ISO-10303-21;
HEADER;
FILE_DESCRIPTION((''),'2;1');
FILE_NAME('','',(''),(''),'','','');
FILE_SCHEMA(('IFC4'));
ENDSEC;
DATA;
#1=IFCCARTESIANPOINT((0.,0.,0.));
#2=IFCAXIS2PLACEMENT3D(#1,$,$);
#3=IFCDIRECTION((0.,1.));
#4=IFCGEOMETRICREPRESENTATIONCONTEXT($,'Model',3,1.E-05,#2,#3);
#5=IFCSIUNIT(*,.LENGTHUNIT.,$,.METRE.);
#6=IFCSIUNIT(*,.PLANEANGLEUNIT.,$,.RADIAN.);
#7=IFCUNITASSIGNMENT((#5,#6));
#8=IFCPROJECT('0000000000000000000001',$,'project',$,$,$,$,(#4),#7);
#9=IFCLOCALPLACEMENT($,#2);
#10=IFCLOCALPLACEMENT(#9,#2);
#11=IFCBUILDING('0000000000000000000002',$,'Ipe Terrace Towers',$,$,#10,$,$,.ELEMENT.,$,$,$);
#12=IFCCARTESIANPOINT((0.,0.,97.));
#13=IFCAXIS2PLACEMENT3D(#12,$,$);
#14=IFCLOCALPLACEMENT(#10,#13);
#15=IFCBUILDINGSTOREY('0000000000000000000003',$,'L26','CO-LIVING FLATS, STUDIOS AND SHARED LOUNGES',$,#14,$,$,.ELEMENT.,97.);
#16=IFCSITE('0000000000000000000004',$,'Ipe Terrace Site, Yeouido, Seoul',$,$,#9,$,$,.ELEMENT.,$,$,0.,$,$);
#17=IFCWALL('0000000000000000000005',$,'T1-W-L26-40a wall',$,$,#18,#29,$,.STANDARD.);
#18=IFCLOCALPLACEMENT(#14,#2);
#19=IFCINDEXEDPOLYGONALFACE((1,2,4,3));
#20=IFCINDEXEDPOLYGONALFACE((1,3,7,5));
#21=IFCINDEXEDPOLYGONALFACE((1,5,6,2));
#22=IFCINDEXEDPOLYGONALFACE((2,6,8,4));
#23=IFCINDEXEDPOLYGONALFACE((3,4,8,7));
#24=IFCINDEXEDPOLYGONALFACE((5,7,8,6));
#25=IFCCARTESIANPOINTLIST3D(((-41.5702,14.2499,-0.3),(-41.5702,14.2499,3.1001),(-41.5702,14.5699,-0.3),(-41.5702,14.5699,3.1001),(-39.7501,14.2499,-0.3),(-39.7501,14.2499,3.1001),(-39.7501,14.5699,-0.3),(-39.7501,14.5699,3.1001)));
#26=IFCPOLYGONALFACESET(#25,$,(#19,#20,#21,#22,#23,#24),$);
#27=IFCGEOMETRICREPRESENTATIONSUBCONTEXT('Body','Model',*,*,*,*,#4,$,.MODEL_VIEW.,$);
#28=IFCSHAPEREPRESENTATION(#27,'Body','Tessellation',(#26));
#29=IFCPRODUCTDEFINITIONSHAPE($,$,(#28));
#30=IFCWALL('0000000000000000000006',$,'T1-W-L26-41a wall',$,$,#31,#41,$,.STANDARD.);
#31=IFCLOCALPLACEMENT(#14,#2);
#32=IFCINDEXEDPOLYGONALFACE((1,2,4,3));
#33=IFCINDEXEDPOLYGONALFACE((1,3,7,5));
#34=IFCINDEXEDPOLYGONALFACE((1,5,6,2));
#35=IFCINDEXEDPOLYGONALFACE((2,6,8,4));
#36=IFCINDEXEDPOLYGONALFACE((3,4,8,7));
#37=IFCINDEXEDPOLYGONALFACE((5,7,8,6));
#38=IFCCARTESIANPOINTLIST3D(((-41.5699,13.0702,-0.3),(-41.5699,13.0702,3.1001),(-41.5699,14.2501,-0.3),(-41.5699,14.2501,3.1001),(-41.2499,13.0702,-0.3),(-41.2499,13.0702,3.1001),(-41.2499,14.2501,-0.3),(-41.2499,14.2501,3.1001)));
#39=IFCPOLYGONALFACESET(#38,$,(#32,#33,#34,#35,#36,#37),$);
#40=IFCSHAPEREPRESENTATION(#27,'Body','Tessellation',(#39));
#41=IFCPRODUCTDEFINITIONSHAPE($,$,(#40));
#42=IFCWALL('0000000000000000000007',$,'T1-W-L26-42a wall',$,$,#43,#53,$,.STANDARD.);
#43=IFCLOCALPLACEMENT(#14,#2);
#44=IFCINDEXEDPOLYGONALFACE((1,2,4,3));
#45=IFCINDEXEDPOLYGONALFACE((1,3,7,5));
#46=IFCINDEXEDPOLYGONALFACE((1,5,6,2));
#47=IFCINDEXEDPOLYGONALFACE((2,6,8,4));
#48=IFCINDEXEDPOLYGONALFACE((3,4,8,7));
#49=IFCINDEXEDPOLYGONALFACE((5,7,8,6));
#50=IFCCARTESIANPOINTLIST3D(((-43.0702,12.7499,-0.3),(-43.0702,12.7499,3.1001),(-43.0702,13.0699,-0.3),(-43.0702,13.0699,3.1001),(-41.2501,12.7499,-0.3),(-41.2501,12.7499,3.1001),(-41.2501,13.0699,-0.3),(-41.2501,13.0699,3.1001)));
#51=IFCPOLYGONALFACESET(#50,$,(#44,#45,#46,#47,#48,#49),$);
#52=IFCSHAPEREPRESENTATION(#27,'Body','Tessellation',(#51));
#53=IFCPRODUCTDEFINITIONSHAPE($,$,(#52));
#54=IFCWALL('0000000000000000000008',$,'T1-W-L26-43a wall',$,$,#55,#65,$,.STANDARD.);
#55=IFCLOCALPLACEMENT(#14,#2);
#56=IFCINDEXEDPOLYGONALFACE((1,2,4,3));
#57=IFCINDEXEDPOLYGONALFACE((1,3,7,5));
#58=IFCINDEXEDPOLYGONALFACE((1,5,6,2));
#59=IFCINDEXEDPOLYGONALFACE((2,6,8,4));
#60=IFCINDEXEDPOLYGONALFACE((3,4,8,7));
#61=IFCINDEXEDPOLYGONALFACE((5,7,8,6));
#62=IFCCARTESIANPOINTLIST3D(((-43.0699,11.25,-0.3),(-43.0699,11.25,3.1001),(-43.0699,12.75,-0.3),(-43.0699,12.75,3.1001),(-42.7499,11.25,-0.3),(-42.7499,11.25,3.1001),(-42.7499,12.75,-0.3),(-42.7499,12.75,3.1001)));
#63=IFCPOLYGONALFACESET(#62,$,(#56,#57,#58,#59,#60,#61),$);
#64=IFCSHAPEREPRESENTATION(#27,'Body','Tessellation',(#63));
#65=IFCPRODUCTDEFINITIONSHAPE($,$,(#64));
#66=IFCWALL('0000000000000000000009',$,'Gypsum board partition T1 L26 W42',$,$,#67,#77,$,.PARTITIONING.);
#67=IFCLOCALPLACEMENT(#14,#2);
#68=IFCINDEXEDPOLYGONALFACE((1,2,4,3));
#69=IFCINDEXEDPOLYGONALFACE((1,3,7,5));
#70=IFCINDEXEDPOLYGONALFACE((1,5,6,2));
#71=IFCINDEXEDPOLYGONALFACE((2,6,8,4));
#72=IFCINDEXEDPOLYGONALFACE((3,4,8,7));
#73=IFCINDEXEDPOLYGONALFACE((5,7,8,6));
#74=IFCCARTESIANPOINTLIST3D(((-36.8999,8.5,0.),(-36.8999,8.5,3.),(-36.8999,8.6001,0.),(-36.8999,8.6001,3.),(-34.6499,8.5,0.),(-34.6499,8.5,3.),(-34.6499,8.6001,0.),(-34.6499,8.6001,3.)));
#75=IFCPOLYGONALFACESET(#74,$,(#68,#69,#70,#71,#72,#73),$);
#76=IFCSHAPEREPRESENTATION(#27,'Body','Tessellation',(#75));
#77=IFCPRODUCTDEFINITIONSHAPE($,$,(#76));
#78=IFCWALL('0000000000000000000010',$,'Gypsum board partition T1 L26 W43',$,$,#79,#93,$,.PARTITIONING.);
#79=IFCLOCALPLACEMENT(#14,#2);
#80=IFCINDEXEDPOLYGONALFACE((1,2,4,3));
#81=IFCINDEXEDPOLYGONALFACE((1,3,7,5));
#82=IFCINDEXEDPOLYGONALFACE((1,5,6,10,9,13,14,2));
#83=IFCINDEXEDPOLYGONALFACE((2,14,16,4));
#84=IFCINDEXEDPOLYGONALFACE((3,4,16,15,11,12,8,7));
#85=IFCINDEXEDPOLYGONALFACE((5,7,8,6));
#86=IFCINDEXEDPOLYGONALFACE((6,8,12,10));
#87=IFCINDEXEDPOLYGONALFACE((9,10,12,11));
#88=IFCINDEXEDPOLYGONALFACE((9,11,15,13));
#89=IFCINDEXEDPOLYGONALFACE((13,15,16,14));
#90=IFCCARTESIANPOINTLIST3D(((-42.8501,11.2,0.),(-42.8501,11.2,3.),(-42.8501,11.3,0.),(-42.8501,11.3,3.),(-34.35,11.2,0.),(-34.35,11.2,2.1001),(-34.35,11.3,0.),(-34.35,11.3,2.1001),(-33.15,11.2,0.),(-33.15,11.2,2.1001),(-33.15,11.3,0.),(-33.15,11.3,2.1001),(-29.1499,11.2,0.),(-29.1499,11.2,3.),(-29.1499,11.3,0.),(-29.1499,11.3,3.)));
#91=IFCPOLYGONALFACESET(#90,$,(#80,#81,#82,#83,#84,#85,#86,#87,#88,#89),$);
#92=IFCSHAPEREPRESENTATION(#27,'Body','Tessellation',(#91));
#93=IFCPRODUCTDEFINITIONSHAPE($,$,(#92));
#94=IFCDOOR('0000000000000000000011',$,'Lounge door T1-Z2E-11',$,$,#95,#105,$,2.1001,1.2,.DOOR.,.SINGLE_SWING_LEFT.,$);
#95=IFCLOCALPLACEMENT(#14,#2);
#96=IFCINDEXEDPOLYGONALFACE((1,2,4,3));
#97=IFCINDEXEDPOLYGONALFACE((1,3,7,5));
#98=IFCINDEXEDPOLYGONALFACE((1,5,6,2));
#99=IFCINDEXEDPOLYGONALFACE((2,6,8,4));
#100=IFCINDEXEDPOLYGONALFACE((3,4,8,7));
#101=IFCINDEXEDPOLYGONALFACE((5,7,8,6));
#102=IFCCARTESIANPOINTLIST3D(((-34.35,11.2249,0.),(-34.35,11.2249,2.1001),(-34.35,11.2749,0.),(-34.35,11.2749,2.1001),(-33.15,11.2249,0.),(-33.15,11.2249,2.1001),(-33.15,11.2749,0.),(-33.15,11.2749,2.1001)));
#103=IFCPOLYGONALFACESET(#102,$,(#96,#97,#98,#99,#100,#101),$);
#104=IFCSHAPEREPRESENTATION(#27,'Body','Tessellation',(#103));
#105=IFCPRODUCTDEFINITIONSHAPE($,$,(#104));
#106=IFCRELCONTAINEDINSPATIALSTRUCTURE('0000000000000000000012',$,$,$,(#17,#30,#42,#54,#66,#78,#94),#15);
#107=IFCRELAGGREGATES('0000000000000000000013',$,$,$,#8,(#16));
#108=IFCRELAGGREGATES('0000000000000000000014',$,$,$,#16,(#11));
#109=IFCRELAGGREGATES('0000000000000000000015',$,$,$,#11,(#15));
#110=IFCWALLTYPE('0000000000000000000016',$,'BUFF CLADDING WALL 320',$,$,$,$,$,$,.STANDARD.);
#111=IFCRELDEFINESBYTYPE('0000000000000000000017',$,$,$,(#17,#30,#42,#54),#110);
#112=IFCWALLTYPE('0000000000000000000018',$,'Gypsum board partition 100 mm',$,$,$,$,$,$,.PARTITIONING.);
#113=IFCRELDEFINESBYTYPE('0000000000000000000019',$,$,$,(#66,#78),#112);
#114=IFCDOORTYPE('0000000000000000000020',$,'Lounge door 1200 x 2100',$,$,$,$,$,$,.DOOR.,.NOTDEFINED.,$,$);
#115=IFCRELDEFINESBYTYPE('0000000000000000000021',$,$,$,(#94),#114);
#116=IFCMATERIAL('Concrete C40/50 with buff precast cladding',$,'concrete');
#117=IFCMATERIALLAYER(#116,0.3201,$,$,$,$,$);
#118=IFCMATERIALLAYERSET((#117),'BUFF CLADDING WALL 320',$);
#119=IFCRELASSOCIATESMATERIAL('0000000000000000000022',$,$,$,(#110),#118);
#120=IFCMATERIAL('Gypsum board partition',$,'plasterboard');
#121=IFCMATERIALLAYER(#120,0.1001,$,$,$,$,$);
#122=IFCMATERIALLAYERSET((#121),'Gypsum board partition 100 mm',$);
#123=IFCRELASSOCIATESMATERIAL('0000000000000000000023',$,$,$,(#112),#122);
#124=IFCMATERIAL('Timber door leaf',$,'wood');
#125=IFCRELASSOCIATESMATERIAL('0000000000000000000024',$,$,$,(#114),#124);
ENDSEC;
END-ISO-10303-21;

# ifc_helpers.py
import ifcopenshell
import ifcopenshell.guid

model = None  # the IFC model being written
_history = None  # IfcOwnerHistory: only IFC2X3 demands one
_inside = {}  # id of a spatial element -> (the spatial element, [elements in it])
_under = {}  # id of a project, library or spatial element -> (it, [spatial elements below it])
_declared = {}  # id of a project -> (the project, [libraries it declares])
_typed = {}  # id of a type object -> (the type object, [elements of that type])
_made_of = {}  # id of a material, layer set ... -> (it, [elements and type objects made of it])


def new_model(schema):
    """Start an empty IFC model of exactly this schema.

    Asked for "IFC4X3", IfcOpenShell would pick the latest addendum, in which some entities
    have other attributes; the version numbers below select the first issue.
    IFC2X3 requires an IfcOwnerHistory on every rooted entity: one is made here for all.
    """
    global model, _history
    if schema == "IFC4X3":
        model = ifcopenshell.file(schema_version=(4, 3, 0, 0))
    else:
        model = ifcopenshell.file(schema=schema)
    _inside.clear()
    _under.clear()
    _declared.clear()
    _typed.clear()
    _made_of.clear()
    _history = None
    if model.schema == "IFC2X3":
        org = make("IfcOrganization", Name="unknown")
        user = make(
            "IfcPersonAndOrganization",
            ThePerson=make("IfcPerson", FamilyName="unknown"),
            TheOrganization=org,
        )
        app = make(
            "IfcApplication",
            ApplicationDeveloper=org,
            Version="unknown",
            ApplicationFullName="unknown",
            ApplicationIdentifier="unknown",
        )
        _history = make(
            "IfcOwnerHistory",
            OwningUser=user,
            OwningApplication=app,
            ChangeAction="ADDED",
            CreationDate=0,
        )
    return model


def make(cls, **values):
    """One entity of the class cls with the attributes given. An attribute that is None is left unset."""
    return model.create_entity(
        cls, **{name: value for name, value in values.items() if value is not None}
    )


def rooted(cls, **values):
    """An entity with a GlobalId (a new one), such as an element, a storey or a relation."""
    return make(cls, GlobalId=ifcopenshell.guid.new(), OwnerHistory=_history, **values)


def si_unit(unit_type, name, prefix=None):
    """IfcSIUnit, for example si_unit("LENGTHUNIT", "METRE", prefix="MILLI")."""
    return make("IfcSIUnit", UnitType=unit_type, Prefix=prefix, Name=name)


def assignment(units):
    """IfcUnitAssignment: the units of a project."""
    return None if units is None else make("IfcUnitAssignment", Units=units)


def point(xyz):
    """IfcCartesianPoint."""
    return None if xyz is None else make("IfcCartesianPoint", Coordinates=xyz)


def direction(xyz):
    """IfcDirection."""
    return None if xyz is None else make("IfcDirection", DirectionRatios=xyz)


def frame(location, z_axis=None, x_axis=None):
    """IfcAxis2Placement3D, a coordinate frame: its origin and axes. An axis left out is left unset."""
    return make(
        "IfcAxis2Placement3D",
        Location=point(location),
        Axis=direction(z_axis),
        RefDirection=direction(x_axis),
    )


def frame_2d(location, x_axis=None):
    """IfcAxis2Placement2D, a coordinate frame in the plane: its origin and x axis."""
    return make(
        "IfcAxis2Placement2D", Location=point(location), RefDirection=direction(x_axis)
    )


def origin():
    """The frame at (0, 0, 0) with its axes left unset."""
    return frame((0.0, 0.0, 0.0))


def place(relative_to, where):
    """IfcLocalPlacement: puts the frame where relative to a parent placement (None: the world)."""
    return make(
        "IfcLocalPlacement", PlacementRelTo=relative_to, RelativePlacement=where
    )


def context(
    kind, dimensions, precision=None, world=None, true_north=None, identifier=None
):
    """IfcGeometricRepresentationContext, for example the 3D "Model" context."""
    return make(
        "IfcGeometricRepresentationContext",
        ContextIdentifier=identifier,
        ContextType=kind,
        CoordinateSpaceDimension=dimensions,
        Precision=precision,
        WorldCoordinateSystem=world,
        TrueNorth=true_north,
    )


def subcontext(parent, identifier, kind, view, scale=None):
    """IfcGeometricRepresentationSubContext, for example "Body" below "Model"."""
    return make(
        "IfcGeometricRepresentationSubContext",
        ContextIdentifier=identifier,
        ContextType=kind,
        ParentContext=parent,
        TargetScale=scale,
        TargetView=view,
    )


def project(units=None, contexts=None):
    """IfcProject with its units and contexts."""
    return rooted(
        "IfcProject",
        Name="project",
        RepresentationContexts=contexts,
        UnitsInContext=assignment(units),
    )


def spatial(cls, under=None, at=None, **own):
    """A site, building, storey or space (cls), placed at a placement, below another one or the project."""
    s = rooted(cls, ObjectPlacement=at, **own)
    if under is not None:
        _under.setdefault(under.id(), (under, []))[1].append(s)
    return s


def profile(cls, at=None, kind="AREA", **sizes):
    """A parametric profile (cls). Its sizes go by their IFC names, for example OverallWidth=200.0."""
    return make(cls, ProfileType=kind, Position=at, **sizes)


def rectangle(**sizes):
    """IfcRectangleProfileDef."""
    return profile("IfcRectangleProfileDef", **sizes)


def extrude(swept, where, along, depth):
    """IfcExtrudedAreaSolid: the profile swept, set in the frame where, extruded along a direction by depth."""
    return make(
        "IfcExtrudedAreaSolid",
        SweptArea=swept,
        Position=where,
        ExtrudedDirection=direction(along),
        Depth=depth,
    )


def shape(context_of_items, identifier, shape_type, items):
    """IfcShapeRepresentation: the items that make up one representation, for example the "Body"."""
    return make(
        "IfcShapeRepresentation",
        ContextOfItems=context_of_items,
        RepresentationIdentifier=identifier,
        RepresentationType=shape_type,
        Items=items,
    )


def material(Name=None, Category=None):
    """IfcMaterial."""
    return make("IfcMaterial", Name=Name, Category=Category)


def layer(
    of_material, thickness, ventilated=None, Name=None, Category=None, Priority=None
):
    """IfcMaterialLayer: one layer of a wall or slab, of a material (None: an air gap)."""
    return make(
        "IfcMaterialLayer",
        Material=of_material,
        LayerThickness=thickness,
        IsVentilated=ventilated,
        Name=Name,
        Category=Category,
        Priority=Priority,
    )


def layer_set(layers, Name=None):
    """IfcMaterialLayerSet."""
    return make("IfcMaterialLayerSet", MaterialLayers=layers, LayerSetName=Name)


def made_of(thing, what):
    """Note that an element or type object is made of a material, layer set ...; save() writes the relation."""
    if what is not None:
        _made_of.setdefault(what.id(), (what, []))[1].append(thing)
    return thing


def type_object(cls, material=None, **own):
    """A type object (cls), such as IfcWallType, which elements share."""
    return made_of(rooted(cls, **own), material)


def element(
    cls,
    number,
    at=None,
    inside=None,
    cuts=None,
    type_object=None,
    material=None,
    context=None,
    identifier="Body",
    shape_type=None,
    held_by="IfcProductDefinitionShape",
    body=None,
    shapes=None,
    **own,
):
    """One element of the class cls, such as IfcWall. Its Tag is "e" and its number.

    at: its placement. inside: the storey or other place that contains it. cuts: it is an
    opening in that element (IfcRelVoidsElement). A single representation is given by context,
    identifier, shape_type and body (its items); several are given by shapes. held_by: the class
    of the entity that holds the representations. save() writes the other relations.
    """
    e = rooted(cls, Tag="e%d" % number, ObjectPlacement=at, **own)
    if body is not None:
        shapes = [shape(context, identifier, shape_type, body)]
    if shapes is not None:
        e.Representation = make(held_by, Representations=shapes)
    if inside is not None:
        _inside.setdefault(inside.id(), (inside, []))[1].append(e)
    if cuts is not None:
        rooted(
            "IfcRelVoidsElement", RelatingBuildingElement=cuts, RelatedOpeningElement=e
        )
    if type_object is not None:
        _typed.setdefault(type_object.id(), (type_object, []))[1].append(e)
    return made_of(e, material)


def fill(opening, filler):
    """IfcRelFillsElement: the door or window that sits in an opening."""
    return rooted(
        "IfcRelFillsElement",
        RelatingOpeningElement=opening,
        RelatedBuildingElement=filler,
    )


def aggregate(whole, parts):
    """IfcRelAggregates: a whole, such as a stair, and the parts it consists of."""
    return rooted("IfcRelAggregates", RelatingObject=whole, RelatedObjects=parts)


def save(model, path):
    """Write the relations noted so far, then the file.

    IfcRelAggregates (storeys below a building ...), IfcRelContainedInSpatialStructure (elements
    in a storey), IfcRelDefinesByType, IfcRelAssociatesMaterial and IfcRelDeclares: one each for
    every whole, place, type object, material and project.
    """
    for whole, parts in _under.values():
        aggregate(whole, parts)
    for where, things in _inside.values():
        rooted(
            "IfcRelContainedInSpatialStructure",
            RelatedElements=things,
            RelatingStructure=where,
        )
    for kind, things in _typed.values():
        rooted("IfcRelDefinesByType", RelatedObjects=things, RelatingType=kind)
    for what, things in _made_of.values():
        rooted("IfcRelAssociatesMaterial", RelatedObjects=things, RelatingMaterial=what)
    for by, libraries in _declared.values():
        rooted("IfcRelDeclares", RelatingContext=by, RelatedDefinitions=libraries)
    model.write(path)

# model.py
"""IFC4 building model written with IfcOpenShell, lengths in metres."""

from ifc_helpers import new_model, si_unit, direction, frame, frame_2d, origin, place, context, subcontext, project, spatial, rectangle, extrude, material, layer, layer_set, type_object, element, fill, save


model = new_model("IFC4")

# Units and contexts
model_context = context("Model", 3, precision=1e-05, world=origin(), true_north=direction((0.0, 1.0)))
body_context = subcontext(model_context, "Body", "Model", "MODEL_VIEW")
ifc_project = project(units=[si_unit("LENGTHUNIT", "METRE"), si_unit("PLANEANGLEUNIT", "RADIAN")], contexts=[model_context])

# Site, building, storey
site_placement = place(None, origin())
site = spatial("IfcSite", under=ifc_project, at=site_placement, Name="Ipe Terrace Site, Yeouido, Seoul", CompositionType="ELEMENT", RefElevation=0.0)
building_placement = place(site_placement, origin())
building = spatial("IfcBuilding", under=site, at=building_placement, Name="Ipe Terrace Towers", CompositionType="ELEMENT")
storey_placement = place(building_placement, frame((0.0, 0.0, 97.0)))
storey = spatial("IfcBuildingStorey", under=building, at=storey_placement, Name="L26", Description="CO-LIVING FLATS, STUDIOS AND SHARED LOUNGES", CompositionType="ELEMENT", Elevation=97.0)

# Walls
ifc_material_1 = material(Name="Concrete C40/50 with buff precast cladding", Category="concrete")
ifc_layer_1 = layer(ifc_material_1, 0.3201)
ifc_layer_set_1 = layer_set([ifc_layer_1], Name="BUFF CLADDING WALL 320")
wall_type_1 = type_object("IfcWallType", Name="BUFF CLADDING WALL 320", PredefinedType="STANDARD", material=ifc_layer_set_1)
wall_1_placement = place(storey_placement, frame((-39.75, 14.4099, -0.3), z_axis=(0.0, 0.0, 1.0), x_axis=(-1.0, 0.0, 0.0)))
element("IfcWall", 1, at=wall_1_placement, inside=storey, type_object=wall_type_1, Name="T1-W-L26-40a wall", PredefinedType="STANDARD", context=body_context, shape_type="SweptSolid", body=[
    extrude(rectangle(XDim=1.8201, YDim=0.3201, at=frame_2d((0.9102, 0.0))), origin(), (0.0, 0.0, 1.0), 3.4001),
])
wall_2_placement = place(storey_placement, frame((-41.4099, 14.25, -0.3), z_axis=(0.0, 0.0, 1.0), x_axis=(0.0, -1.0, 0.0)))
element("IfcWall", 2, at=wall_2_placement, inside=storey, type_object=wall_type_1, Name="T1-W-L26-41a wall", PredefinedType="STANDARD", context=body_context, shape_type="SweptSolid", body=[
    extrude(rectangle(XDim=1.1799, YDim=0.3201, at=frame_2d((0.5898, 0.0))), origin(), (0.0, 0.0, 1.0), 3.4001),
])
wall_3_placement = place(storey_placement, frame((-41.25, 12.9099, -0.3), z_axis=(0.0, 0.0, 1.0), x_axis=(-1.0, 0.0, 0.0)))
element("IfcWall", 3, at=wall_3_placement, inside=storey, type_object=wall_type_1, Name="T1-W-L26-42a wall", PredefinedType="STANDARD", context=body_context, shape_type="SweptSolid", body=[
    extrude(rectangle(XDim=1.8201, YDim=0.3201, at=frame_2d((0.9102, 0.0))), origin(), (0.0, 0.0, 1.0), 3.4001),
])
wall_4_placement = place(storey_placement, frame((-42.9099, 12.75, -0.3), z_axis=(0.0, 0.0, 1.0), x_axis=(0.0, -1.0, 0.0)))
element("IfcWall", 4, at=wall_4_placement, inside=storey, type_object=wall_type_1, Name="T1-W-L26-43a wall", PredefinedType="STANDARD", context=body_context, shape_type="SweptSolid", body=[
    extrude(rectangle(XDim=1.5, YDim=0.3201, at=frame_2d((0.75, 0.0))), origin(), (0.0, 0.0, 1.0), 3.4001),
])
ifc_material_2 = material(Name="Gypsum board partition", Category="plasterboard")
ifc_layer_2 = layer(ifc_material_2, 0.1001)
ifc_layer_set_2 = layer_set([ifc_layer_2], Name="Gypsum board partition 100 mm")
wall_type_2 = type_object("IfcWallType", Name="Gypsum board partition 100 mm", PredefinedType="PARTITIONING", material=ifc_layer_set_2)
wall_5_placement = place(storey_placement, frame((-36.8999, 8.55, 0.0), z_axis=(0.0, 0.0, 1.0), x_axis=(1.0, 0.0, 0.0)))
element("IfcWall", 5, at=wall_5_placement, inside=storey, type_object=wall_type_2, Name="Gypsum board partition T1 L26 W42", PredefinedType="PARTITIONING", context=body_context, shape_type="SweptSolid", body=[
    extrude(rectangle(XDim=2.25, YDim=0.1001, at=frame_2d((1.125, 0.0))), origin(), (0.0, 0.0, 1.0), 3.0),
])

# Wall, opening, door
wall_6_placement = place(storey_placement, frame((-42.8501, 11.25, 0.0), z_axis=(0.0, 0.0, 1.0), x_axis=(1.0, 0.0, 0.0)))
wall_6 = element("IfcWall", 6, at=wall_6_placement, inside=storey, type_object=wall_type_2, Name="Gypsum board partition T1 L26 W43", PredefinedType="PARTITIONING", context=body_context, shape_type="SweptSolid", body=[
    extrude(rectangle(XDim=13.7002, YDim=0.1001, at=frame_2d((6.8501, 0.0))), origin(), (0.0, 0.0, 1.0), 3.0),
])
opening_placement = place(wall_6_placement, frame((8.5, 0.0, 0.0)))
opening = element("IfcOpeningElement", 7, at=opening_placement, cuts=wall_6, PredefinedType="OPENING", context=body_context, shape_type="SweptSolid", body=[
    extrude(rectangle(XDim=1.2, YDim=2.1001, at=frame_2d((0.6001, 1.05))), frame((0.0, 0.0601, 0.0), z_axis=(0.0, -1.0, 0.0), x_axis=(1.0, 0.0, 0.0)), (0.0, 0.0, 1.0), 0.1201),
])
ifc_material_3 = material(Name="Timber door leaf", Category="wood")
door_type = type_object("IfcDoorType", Name="Lounge door 1200 x 2100", OperationType="NOTDEFINED", PredefinedType="DOOR", material=ifc_material_3)
door_placement = place(opening_placement, origin())
door = element("IfcDoor", 8, at=door_placement, inside=storey, type_object=door_type, Name="Lounge door T1-Z2E-11", OperationType="SINGLE_SWING_LEFT", OverallHeight=2.1001, OverallWidth=1.2, PredefinedType="DOOR", context=body_context, shape_type="SweptSolid", body=[
    extrude(rectangle(XDim=1.2, YDim=2.1001, at=frame_2d((0.6001, 1.05))), frame((0.0, 0.0249, 0.0), z_axis=(0.0, -1.0, 0.0), x_axis=(1.0, 0.0, 0.0)), (0.0, 0.0, 1.0), 0.05),
])
fill(opening, door)

save(model, "model.ifc")
